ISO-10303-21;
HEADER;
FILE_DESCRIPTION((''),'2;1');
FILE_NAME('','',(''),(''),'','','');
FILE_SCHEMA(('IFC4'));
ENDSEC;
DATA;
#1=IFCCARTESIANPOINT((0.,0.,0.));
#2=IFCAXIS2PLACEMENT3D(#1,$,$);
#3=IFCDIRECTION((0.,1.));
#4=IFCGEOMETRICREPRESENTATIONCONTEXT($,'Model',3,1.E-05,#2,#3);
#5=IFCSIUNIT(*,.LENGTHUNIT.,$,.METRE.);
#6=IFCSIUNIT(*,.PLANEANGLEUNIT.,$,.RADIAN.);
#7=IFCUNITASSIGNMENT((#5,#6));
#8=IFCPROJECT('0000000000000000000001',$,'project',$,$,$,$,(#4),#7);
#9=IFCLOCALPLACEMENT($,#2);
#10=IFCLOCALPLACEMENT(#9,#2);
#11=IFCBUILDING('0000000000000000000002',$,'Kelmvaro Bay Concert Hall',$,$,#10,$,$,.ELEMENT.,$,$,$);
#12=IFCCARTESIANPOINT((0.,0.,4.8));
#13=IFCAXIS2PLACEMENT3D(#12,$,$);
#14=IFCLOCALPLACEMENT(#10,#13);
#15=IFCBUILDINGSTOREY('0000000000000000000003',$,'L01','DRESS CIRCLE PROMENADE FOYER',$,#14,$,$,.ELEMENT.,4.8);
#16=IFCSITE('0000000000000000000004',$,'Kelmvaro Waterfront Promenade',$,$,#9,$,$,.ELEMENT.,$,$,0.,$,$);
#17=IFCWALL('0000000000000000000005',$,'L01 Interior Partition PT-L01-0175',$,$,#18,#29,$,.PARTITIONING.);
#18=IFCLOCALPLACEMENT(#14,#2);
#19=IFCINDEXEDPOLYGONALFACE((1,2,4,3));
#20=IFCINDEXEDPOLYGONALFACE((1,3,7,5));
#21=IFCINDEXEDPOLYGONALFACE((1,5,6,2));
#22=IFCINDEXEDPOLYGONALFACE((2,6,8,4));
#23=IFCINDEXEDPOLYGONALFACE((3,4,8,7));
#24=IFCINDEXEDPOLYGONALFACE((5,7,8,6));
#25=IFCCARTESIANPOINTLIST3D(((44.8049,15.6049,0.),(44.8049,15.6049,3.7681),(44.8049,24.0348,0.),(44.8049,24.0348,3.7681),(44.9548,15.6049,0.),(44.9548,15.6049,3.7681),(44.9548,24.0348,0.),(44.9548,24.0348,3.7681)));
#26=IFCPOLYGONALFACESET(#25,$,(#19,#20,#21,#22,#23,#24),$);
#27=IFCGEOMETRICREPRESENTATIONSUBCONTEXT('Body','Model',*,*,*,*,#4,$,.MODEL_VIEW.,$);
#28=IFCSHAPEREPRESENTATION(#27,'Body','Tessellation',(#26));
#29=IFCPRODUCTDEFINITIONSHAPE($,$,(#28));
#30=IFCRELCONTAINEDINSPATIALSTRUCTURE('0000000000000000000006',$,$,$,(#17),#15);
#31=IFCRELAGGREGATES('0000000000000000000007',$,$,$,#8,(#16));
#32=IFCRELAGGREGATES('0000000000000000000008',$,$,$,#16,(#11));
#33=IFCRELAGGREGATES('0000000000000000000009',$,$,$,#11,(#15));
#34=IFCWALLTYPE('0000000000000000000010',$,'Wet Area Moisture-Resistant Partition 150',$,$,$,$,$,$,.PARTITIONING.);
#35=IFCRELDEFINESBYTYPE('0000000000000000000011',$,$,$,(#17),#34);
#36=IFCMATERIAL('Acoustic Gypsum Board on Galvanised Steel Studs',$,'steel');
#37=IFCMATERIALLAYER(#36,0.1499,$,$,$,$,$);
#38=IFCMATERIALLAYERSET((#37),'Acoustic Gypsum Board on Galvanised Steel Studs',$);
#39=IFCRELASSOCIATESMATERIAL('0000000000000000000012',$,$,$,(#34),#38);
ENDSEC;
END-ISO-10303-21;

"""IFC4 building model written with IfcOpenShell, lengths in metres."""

from ifc_helpers import new_model, si_unit, direction, frame, frame_2d, origin, place, context, subcontext, project, spatial, rectangle, extrude, material, layer, layer_set, type_object, element, save


model = new_model("IFC4")

# Units and contexts
model_context = context("Model", 3, precision=1e-05, world=origin(), true_north=direction((0.0, 1.0)))
body_context = subcontext(model_context, "Body", "Model", "MODEL_VIEW")
ifc_project = project(units=[si_unit("LENGTHUNIT", "METRE"), si_unit("PLANEANGLEUNIT", "RADIAN")], contexts=[model_context])

# Site, building, storey
site_placement = place(None, origin())
site = spatial("IfcSite", under=ifc_project, at=site_placement, Name="Kelmvaro Waterfront Promenade", CompositionType="ELEMENT", RefElevation=0.0)
building_placement = place(site_placement, origin())
building = spatial("IfcBuilding", under=site, at=building_placement, Name="Kelmvaro Bay Concert Hall", CompositionType="ELEMENT")
storey_placement = place(building_placement, frame((0.0, 0.0, 4.8)))
storey = spatial("IfcBuildingStorey", under=building, at=storey_placement, Name="L01", Description="DRESS CIRCLE PROMENADE FOYER", CompositionType="ELEMENT", Elevation=4.8)

# Shared definitions
ifc_material_1 = material(Name="Acoustic Gypsum Board on Galvanised Steel Studs", Category="steel")
ifc_layer_1 = layer(ifc_material_1, 0.1499)
ifc_layer_set_1 = layer_set([ifc_layer_1], Name="Acoustic Gypsum Board on Galvanised Steel Studs")
wall_type_1 = type_object("IfcWallType", Name="Wet Area Moisture-Resistant Partition 150", PredefinedType="PARTITIONING", material=ifc_layer_set_1)

# Wall
wall_1_placement = place(storey_placement, frame((44.8799, 15.605, 0.0), z_axis=(0.0, 0.0, 1.0), x_axis=(0.0, 1.0, 0.0)))
element("IfcWall", 1, at=wall_1_placement, inside=storey, type_object=wall_type_1, Name="L01 Interior Partition PT-L01-0175", PredefinedType="PARTITIONING", context=body_context, shape_type="SweptSolid", body=[
    extrude(rectangle(XDim=8.4299, YDim=0.1499, at=frame_2d((4.2148, 0.0))), origin(), (0.0, 0.0, 1.0), 3.7681),
])

save(model, "model.ifc")
